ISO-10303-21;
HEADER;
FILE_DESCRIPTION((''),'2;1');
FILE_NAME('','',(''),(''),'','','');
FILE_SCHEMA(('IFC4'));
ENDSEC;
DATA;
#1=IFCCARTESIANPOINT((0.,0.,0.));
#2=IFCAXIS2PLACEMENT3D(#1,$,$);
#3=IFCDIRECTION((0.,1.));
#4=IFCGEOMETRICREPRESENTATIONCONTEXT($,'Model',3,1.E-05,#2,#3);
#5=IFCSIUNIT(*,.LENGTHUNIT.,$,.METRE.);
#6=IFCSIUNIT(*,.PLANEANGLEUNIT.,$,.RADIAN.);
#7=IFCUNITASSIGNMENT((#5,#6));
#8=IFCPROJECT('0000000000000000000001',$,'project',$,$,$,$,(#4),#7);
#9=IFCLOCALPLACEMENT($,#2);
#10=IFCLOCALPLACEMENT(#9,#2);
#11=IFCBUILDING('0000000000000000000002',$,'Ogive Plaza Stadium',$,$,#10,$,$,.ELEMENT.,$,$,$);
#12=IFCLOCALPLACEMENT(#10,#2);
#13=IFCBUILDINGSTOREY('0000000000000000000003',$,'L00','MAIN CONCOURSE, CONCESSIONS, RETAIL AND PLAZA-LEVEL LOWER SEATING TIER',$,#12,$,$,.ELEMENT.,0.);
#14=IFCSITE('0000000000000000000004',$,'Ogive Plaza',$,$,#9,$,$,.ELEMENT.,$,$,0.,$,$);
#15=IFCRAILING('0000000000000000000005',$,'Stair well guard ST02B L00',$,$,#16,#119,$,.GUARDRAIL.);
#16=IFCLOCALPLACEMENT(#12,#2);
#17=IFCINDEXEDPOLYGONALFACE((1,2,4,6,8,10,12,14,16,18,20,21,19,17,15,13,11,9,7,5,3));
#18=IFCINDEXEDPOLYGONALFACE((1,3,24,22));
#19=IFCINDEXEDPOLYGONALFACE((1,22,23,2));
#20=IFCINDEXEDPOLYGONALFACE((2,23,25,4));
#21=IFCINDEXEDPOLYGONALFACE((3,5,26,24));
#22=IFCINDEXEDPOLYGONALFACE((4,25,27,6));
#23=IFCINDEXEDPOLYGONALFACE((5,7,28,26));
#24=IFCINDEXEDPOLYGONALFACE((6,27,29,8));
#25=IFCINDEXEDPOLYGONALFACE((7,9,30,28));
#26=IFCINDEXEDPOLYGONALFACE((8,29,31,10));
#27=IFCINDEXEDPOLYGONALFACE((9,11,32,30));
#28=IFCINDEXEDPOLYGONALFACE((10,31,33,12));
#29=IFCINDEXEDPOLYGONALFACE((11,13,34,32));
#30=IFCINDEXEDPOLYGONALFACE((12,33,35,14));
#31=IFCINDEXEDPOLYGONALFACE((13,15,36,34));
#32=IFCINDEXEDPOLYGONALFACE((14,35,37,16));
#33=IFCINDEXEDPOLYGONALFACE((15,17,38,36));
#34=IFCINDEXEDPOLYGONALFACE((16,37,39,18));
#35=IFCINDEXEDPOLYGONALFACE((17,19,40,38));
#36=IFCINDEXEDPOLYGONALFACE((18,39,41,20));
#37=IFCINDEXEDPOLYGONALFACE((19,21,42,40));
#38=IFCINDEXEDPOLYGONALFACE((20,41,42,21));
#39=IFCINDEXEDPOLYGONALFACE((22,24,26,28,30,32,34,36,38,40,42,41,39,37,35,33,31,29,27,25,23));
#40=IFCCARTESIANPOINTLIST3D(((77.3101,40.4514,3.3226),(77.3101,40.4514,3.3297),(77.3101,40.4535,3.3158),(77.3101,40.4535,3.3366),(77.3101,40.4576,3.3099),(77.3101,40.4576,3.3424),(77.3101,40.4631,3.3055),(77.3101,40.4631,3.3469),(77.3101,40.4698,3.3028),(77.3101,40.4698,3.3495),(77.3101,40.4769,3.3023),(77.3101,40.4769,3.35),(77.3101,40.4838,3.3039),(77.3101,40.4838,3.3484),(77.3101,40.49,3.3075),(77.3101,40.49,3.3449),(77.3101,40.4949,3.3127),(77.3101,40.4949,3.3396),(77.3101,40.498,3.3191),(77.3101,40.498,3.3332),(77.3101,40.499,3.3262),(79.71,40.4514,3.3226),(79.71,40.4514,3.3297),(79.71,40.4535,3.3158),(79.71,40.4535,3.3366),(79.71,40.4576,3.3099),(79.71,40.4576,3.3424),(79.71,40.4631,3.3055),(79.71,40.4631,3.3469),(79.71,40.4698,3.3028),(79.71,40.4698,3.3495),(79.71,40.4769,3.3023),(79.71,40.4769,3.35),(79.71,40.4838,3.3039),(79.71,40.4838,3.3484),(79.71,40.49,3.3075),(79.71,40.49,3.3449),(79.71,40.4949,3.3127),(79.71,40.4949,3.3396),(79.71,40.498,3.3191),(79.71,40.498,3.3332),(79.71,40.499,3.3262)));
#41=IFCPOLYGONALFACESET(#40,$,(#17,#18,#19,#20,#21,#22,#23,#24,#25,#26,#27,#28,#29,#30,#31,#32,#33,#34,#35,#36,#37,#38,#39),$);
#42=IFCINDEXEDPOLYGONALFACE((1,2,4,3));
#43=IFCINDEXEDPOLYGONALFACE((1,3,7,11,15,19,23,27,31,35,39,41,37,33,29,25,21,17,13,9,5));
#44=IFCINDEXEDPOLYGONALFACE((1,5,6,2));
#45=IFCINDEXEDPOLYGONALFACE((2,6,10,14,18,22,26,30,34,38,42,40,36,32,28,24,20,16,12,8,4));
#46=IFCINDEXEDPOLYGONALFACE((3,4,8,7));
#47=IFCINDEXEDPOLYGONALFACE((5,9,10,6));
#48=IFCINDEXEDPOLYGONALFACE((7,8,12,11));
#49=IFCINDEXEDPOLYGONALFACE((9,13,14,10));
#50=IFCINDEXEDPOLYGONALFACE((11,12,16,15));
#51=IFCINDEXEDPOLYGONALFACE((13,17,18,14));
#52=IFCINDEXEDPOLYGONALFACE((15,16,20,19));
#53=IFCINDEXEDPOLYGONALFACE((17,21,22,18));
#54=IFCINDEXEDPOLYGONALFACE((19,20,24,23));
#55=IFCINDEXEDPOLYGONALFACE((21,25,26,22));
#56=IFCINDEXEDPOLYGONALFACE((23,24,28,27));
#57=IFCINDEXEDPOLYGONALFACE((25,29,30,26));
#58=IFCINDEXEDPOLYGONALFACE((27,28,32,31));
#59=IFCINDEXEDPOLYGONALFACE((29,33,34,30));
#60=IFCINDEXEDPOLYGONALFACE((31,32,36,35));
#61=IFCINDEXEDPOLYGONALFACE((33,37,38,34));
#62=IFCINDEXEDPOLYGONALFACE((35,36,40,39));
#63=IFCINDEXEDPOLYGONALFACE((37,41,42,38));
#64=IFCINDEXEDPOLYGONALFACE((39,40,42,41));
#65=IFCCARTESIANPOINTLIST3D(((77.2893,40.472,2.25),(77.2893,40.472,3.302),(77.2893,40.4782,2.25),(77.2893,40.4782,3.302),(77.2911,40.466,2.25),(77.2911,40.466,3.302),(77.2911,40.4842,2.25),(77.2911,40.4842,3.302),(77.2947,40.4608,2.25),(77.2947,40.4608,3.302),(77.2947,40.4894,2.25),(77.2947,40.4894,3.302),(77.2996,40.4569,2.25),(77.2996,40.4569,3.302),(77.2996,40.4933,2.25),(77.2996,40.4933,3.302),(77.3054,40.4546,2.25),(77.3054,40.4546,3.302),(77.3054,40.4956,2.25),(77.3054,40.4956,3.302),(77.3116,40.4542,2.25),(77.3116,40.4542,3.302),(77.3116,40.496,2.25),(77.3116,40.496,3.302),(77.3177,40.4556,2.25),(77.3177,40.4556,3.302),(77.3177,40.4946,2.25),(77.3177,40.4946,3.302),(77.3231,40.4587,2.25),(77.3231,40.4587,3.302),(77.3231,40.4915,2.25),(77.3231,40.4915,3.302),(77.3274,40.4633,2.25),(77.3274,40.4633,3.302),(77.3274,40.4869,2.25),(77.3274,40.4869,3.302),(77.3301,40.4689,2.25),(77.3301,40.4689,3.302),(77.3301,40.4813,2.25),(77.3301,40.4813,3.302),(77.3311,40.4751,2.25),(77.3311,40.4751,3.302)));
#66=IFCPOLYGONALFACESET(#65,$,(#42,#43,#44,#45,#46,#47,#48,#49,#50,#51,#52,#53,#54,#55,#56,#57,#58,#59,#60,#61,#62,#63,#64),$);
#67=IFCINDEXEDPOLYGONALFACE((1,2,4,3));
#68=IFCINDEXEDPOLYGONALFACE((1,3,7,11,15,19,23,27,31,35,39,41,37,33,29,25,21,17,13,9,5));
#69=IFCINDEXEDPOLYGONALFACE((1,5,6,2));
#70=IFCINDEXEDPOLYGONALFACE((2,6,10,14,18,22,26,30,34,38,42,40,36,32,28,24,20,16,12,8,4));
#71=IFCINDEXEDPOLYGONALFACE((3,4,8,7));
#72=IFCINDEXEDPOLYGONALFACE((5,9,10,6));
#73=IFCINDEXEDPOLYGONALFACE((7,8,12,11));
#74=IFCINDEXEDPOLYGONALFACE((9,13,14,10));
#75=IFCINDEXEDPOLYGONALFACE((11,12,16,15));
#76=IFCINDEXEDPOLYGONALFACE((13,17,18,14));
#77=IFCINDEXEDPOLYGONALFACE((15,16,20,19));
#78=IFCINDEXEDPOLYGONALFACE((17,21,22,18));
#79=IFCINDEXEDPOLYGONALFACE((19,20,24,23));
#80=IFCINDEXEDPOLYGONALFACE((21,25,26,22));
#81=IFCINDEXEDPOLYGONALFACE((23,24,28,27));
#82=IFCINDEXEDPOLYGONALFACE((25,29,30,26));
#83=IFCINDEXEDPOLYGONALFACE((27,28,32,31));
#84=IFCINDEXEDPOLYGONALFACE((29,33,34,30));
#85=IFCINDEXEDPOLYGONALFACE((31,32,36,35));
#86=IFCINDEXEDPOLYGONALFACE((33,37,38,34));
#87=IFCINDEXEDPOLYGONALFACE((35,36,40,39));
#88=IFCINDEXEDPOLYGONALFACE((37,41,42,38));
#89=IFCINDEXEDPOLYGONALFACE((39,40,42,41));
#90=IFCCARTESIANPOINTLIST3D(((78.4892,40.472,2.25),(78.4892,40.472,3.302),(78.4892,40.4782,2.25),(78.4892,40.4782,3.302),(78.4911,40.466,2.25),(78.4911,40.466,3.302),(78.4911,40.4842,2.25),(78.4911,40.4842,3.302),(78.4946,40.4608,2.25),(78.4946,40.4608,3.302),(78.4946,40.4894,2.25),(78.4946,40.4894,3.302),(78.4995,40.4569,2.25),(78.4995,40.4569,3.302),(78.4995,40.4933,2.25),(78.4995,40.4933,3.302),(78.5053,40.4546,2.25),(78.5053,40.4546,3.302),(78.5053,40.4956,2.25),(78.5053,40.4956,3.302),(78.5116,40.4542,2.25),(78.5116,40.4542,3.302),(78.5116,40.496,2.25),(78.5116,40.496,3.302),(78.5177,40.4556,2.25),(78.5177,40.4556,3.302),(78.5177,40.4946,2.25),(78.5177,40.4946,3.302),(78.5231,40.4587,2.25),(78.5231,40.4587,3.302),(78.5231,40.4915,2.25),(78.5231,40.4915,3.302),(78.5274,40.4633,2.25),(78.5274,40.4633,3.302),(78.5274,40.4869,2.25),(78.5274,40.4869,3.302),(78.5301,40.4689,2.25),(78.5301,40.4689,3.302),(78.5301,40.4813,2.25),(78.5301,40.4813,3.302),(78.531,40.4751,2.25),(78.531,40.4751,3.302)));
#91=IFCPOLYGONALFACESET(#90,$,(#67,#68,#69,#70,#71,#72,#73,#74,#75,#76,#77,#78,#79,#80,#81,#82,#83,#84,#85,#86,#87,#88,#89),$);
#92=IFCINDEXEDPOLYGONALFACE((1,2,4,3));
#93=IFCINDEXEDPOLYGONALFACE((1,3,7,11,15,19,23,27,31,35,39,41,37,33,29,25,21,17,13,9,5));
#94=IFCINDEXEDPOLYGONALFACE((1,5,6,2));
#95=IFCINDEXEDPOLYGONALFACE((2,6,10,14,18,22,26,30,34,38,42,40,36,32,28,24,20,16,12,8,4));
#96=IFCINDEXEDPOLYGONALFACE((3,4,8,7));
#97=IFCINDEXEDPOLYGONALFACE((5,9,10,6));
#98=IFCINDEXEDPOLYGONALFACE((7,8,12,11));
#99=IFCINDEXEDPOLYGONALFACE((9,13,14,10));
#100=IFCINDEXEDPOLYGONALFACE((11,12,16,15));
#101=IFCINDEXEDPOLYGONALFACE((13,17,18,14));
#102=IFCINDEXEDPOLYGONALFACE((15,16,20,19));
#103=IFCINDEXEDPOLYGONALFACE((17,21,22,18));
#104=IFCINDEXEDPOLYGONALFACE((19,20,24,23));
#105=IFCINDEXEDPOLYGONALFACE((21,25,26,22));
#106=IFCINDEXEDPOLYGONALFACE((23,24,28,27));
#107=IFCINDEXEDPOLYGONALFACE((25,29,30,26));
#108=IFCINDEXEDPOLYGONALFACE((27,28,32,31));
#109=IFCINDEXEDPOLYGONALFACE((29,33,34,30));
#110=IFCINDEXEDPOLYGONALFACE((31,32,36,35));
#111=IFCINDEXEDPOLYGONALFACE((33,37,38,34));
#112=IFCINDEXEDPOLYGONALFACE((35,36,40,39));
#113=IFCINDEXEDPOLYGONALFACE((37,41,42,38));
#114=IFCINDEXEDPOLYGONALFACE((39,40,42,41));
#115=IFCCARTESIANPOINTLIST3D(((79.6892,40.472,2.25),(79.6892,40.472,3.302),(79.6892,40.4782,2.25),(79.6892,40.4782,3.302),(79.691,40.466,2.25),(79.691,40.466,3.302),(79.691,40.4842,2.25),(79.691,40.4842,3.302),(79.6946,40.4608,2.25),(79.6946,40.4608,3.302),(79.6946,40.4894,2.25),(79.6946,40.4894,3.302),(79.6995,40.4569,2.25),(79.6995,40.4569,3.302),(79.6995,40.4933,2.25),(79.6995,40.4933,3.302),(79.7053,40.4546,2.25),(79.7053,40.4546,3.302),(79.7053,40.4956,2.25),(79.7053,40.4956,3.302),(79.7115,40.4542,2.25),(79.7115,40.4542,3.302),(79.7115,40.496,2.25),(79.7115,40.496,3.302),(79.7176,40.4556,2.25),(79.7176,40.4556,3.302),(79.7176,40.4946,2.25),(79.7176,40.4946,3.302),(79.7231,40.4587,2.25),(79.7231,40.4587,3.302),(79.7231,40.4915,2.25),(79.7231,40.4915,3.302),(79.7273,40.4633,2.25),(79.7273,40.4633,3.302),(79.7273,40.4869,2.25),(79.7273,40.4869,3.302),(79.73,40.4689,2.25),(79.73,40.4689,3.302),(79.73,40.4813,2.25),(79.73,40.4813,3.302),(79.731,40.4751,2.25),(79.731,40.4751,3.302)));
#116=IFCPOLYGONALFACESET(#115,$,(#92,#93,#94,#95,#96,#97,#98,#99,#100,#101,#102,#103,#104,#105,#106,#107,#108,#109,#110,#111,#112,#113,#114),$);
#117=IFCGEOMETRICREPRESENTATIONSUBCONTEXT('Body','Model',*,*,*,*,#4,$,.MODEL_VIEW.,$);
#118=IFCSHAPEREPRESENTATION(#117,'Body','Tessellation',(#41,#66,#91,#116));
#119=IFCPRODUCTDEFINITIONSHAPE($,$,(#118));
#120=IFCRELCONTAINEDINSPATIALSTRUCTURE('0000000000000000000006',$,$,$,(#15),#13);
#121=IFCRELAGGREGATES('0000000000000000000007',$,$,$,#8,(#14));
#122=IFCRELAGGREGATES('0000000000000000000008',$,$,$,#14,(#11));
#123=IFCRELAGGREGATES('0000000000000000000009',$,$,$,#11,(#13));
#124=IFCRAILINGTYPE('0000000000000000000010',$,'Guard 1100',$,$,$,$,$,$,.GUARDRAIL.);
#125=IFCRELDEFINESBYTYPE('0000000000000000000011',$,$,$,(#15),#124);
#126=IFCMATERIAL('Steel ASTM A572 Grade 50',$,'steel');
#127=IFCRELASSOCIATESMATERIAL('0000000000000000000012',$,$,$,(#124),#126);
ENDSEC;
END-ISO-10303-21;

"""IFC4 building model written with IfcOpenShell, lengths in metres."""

from ifc_helpers import new_model, si_unit, direction, frame, origin, origin_2d, place, context, subcontext, project, spatial, circle, extrude, material, type_object, element, save


model = new_model("IFC4")

# Units and contexts
model_context = context("Model", 3, precision=1e-05, world=origin(), true_north=direction((0.0, 1.0)))
body_context = subcontext(model_context, "Body", "Model", "MODEL_VIEW")
ifc_project = project(units=[si_unit("LENGTHUNIT", "METRE"), si_unit("PLANEANGLEUNIT", "RADIAN")], contexts=[model_context])

# Site, building, storey
site_placement = place(None, origin())
site = spatial("IfcSite", under=ifc_project, at=site_placement, Name="Ogive Plaza", CompositionType="ELEMENT", RefElevation=0.0)
building_placement = place(site_placement, origin())
building = spatial("IfcBuilding", under=site, at=building_placement, Name="Ogive Plaza Stadium", CompositionType="ELEMENT")
storey_placement = place(building_placement, origin())
storey = spatial("IfcBuildingStorey", under=building, at=storey_placement, Name="L00", Description="MAIN CONCOURSE, CONCESSIONS, RETAIL AND PLAZA-LEVEL LOWER SEATING TIER", CompositionType="ELEMENT", Elevation=0.0)

# Railing
ifc_material_1 = material(Name="Steel ASTM A572 Grade 50", Category="steel")
railing_type_1 = type_object("IfcRailingType", Name="Guard 1100", PredefinedType="GUARDRAIL", material=ifc_material_1)
for number, where, name in (
    (1, (77.3101, 40.4751, 2.25), "Stair well guard ST02B L00"),
):
    element("IfcRailing", number, at=place(storey_placement, frame(where)), inside=storey, type_object=railing_type_1, Name=name, PredefinedType="GUARDRAIL", context=body_context, shape_type="SweptSolid", body=[
        extrude(circle(Radius=0.0239, at=origin_2d()), frame((0.0, 0.0, 1.0762), z_axis=(1.0, 0.0, 0.0), x_axis=(0.0, 1.0, 0.0)), (0.0, 0.0, 1.0), 2.3999),
        extrude(circle(Radius=0.021, at=origin_2d()), origin(), (0.0, 0.0, 1.0), 1.052),
        extrude(circle(Radius=0.021, at=origin_2d()), frame((1.2, 0.0, 0.0)), (0.0, 0.0, 1.0), 1.052),
        extrude(circle(Radius=0.021, at=origin_2d()), frame((2.3999, 0.0, 0.0)), (0.0, 0.0, 1.0), 1.052),
    ])

save(model, "model.ifc")
